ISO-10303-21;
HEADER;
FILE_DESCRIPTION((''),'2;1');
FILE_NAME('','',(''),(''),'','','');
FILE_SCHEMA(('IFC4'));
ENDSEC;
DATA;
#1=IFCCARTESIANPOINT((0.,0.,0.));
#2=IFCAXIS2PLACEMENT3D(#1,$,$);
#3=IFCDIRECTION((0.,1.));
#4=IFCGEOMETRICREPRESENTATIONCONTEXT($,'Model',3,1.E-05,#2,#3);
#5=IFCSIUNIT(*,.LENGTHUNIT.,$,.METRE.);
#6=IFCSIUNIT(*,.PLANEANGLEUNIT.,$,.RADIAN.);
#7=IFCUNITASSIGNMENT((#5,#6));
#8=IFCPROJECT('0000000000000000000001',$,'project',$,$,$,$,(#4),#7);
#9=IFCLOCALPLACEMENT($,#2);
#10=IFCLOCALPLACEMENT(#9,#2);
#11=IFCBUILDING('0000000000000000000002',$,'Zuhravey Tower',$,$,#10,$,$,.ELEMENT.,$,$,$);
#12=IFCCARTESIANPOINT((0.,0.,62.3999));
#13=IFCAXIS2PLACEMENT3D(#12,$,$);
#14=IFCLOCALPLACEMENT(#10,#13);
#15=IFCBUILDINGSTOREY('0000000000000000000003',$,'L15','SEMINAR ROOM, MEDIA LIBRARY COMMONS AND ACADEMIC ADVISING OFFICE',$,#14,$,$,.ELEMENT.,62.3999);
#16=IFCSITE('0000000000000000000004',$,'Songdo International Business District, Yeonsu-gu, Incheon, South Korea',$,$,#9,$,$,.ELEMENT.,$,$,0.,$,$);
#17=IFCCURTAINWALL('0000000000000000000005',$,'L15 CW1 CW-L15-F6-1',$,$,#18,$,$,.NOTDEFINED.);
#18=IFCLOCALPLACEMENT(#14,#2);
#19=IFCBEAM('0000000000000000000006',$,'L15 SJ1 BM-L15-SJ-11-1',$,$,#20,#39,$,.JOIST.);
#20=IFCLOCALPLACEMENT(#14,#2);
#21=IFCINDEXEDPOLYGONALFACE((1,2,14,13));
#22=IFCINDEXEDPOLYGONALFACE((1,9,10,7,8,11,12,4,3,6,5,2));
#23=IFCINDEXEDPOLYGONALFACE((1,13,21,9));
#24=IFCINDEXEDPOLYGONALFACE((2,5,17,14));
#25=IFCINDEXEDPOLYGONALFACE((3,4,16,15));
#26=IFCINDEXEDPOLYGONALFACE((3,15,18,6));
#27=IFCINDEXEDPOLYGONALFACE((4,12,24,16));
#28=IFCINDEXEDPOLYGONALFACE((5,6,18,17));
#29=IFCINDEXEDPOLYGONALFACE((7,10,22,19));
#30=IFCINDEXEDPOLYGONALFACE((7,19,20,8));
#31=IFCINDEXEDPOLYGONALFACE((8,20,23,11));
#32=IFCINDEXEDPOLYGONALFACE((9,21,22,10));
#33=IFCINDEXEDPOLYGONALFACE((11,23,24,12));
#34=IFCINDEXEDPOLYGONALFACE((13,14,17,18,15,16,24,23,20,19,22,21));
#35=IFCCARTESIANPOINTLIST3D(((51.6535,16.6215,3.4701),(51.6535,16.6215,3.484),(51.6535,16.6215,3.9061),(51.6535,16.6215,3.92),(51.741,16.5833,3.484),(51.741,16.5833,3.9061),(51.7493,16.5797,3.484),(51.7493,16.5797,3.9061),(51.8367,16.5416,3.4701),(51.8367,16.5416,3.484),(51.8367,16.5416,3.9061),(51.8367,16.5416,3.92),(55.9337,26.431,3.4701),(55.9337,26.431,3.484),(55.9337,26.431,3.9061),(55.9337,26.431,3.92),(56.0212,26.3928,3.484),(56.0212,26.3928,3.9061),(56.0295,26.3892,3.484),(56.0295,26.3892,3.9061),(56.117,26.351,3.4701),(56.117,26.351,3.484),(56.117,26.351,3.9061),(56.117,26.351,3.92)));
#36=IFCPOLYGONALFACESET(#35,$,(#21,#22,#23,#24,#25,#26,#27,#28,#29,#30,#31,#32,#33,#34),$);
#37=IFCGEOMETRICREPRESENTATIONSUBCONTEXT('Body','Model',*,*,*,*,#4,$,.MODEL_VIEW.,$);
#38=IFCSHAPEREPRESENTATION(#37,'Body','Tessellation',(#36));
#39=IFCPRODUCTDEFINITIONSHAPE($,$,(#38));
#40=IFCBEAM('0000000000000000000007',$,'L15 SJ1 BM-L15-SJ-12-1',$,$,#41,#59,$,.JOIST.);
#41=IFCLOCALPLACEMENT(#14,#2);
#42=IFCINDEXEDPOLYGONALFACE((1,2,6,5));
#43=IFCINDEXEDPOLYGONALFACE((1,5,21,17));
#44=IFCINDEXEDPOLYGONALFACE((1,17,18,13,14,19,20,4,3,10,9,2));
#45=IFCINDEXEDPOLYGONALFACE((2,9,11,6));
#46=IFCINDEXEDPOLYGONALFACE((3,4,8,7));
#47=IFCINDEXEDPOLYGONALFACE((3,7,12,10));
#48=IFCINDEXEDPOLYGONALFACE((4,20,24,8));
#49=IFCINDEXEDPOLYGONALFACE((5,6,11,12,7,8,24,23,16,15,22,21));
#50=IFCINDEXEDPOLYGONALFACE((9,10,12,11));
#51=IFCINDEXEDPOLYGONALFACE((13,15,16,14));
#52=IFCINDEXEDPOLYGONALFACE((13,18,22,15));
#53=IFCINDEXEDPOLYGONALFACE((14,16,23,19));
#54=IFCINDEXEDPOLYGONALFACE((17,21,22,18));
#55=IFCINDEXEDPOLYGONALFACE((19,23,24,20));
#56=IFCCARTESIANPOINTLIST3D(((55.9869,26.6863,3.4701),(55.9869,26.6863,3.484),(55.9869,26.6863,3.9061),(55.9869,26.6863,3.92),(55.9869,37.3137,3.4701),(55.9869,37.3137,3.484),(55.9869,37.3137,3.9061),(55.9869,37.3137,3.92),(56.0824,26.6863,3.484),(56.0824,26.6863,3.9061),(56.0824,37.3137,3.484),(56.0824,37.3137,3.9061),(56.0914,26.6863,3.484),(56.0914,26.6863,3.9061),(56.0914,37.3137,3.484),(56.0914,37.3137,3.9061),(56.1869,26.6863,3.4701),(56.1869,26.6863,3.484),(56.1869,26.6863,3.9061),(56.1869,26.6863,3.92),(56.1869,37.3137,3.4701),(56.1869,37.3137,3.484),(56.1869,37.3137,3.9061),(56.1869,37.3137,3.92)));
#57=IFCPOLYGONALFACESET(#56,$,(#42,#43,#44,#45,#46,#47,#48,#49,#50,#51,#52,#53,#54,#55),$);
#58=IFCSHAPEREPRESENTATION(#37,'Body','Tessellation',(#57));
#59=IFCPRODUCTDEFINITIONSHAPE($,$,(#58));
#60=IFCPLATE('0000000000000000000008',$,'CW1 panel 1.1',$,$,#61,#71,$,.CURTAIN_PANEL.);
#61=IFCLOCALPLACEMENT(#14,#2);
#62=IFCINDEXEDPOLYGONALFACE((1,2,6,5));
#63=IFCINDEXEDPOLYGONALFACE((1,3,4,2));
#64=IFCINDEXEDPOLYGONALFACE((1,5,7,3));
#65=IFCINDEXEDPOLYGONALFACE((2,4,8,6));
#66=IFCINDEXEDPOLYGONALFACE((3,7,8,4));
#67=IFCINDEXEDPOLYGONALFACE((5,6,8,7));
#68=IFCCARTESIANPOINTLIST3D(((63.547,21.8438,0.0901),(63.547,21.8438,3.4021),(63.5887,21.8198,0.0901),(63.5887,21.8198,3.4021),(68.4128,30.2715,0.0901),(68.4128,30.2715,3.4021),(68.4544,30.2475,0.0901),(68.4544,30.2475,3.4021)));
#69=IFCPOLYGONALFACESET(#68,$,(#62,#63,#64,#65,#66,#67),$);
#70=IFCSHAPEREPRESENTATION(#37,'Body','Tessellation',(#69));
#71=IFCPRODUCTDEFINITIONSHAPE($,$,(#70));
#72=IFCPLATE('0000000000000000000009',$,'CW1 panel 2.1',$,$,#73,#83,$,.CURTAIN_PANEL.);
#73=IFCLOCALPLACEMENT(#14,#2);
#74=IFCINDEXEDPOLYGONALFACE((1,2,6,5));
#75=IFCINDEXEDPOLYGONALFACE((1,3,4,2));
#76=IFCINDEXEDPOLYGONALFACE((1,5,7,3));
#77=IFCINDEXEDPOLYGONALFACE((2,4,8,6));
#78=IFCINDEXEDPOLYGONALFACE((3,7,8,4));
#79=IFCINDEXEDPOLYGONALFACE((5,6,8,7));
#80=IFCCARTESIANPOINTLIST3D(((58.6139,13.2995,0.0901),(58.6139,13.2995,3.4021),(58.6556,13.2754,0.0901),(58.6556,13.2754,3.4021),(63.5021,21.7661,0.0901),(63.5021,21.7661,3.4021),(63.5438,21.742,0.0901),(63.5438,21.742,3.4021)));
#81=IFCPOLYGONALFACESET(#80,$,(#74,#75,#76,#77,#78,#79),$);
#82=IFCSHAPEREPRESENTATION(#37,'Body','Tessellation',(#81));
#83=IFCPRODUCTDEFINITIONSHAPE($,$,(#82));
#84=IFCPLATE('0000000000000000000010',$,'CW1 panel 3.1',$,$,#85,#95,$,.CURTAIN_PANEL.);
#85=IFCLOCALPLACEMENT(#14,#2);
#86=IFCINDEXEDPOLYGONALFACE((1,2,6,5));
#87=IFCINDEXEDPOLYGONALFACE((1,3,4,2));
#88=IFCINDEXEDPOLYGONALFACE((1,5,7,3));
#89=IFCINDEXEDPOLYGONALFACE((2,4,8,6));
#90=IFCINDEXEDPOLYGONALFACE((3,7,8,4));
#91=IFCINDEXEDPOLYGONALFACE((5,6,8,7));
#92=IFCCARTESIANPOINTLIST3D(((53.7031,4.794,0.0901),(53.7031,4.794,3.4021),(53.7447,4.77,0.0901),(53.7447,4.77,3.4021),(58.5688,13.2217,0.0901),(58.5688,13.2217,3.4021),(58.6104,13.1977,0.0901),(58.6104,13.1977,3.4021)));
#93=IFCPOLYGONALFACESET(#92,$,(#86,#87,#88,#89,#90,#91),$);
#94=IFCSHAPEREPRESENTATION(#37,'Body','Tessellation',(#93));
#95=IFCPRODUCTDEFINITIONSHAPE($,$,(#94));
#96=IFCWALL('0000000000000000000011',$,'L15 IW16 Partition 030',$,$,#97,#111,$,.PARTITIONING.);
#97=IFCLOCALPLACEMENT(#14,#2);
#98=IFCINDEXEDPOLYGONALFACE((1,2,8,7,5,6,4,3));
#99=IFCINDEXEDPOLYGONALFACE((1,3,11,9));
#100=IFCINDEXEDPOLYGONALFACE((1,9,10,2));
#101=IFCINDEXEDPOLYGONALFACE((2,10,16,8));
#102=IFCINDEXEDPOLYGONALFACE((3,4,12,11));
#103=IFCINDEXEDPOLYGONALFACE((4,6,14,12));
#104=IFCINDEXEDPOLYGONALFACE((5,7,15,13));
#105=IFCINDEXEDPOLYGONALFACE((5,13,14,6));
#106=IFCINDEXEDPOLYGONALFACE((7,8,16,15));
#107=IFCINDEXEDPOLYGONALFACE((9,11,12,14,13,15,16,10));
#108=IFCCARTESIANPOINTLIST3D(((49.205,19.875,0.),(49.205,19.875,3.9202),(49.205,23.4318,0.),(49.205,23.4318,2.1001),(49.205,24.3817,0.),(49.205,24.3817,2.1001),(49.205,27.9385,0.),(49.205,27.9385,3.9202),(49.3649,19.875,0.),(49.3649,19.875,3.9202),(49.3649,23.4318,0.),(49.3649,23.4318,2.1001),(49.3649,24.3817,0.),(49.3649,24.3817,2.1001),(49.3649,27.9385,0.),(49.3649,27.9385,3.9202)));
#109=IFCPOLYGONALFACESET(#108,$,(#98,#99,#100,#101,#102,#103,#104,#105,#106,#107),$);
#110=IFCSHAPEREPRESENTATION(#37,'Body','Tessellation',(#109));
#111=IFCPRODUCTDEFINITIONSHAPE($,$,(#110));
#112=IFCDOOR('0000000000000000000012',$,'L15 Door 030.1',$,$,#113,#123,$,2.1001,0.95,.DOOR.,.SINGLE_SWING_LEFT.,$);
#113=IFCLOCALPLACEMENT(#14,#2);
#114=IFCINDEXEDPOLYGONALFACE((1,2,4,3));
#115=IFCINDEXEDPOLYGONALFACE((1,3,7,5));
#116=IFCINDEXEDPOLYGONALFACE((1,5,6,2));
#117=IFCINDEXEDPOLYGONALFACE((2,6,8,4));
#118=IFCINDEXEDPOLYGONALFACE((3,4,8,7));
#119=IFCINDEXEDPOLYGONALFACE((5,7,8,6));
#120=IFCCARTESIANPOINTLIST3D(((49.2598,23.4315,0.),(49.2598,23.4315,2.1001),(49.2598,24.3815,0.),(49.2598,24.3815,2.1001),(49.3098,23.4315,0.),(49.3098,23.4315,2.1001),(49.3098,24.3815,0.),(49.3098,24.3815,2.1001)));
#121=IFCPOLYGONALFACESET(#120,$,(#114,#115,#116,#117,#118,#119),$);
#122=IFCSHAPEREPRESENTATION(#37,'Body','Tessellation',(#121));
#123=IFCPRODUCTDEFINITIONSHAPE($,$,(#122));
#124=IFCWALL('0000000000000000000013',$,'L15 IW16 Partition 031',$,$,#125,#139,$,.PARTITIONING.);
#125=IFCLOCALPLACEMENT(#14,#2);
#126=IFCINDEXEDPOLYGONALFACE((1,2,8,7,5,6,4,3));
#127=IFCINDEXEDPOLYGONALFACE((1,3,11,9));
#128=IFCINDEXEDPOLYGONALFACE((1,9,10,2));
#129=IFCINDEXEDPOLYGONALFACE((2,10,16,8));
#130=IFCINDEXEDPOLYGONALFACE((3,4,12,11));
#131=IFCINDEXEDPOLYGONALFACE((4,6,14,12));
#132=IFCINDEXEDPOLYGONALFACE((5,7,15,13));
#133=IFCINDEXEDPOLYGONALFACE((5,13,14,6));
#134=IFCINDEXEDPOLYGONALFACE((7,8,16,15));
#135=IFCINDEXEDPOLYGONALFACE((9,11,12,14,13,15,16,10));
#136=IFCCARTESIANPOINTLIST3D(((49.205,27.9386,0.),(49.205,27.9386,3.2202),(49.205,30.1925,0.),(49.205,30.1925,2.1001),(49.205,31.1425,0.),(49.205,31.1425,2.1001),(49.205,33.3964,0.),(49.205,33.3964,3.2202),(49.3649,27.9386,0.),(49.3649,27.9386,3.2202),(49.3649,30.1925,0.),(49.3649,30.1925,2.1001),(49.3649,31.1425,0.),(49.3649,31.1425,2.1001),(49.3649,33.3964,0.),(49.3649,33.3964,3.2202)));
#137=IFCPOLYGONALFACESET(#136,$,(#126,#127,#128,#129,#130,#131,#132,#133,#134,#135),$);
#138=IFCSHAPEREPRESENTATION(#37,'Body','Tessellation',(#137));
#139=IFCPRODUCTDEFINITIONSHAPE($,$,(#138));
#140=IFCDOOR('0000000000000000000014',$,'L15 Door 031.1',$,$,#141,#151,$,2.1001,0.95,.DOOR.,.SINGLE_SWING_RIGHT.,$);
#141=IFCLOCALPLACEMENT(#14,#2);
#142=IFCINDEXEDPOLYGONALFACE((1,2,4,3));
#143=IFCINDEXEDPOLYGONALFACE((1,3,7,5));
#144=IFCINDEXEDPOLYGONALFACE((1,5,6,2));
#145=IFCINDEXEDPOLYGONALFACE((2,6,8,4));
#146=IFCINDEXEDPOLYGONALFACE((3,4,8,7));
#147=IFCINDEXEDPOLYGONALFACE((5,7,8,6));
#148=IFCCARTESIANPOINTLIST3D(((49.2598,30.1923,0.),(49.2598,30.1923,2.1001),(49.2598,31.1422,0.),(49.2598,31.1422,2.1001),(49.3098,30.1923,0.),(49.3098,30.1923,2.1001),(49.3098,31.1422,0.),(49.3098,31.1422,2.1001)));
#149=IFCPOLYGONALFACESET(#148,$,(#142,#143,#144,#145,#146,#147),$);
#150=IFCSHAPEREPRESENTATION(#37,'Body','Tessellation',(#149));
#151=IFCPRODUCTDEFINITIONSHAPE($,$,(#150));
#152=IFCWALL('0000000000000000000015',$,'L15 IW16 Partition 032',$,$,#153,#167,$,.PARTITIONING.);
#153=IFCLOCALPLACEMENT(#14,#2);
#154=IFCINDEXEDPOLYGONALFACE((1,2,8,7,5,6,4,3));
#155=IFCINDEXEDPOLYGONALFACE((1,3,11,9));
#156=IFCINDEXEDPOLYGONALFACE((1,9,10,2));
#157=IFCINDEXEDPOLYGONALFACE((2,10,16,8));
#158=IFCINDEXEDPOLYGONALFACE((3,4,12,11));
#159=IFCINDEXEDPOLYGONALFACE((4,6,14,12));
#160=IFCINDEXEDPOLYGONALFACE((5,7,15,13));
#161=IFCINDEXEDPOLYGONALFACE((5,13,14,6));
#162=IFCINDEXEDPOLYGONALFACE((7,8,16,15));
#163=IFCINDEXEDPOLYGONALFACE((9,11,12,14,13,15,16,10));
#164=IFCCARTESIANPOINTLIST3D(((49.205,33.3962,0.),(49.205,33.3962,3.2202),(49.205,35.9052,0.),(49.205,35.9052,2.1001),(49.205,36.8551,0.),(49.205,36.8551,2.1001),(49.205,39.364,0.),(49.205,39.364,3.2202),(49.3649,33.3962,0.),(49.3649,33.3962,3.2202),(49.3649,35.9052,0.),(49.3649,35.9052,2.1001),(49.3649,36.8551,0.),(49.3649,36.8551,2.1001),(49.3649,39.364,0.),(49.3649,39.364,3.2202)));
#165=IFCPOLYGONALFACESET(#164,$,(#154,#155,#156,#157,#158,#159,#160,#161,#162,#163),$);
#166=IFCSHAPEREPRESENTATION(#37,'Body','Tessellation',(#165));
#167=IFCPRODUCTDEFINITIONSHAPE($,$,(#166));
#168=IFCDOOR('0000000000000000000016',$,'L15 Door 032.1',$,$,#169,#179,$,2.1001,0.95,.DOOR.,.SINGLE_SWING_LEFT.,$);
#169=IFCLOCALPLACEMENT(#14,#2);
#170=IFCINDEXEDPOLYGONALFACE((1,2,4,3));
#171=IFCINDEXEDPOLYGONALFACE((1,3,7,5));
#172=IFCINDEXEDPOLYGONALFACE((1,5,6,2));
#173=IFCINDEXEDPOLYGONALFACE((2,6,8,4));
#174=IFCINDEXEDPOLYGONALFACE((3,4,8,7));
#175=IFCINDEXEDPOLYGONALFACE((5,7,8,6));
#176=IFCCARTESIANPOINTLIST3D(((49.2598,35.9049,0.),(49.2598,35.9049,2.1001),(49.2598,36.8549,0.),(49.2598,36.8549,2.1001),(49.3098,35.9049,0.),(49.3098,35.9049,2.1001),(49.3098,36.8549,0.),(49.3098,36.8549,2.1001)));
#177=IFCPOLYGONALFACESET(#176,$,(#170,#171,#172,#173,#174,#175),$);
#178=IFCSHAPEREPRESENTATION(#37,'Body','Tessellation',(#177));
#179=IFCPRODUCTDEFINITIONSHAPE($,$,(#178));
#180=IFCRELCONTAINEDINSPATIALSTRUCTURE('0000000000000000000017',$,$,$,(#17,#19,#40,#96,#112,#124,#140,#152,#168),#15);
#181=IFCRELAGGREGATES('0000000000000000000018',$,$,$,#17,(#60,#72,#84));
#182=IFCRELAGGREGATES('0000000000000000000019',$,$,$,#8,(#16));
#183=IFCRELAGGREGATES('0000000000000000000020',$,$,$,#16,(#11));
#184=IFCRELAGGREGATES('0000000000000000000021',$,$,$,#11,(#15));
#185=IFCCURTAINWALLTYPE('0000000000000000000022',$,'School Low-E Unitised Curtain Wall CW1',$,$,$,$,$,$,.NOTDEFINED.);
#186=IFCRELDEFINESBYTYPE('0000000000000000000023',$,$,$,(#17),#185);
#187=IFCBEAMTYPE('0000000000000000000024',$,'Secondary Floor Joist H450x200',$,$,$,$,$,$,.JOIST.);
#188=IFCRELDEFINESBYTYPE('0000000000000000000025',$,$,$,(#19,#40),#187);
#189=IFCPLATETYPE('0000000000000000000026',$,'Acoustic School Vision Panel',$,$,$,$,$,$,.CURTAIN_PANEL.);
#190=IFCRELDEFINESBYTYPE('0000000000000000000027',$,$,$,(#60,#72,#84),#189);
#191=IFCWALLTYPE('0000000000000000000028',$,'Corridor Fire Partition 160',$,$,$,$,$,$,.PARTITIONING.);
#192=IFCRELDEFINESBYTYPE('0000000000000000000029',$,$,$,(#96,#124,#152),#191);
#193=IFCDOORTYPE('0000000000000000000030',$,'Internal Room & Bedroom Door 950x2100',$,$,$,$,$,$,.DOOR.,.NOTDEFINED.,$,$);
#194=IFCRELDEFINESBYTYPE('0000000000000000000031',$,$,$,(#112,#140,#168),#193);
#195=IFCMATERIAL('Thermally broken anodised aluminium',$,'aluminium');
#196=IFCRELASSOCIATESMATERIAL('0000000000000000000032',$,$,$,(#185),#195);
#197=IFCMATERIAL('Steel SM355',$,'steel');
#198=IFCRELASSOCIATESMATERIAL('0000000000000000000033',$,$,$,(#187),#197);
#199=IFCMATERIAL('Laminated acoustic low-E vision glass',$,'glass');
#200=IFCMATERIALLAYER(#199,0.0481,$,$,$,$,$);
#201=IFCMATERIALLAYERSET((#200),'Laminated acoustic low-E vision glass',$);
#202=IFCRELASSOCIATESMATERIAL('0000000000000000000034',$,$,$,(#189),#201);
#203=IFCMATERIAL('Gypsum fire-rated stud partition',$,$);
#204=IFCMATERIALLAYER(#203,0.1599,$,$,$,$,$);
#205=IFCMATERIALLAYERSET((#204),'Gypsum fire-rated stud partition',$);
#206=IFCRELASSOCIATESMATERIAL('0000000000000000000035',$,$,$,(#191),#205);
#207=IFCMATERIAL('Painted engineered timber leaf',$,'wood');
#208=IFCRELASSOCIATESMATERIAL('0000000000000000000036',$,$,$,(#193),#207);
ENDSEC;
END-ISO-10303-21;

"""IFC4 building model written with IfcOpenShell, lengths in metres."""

from ifc_helpers import new_model, si_unit, direction, frame, frame_2d, origin, origin_2d, place, context, subcontext, project, spatial, rectangle, i_section, extrude, material, layer, layer_set, material_profile, profile_set, type_object, element, fill, aggregate, save


model = new_model("IFC4")

# Units and contexts
model_context = context("Model", 3, precision=1e-05, world=origin(), true_north=direction((0.0, 1.0)))
body_context = subcontext(model_context, "Body", "Model", "MODEL_VIEW")
ifc_project = project(units=[si_unit("LENGTHUNIT", "METRE"), si_unit("PLANEANGLEUNIT", "RADIAN")], contexts=[model_context])

# Site, building, storey
site_placement = place(None, origin())
site = spatial("IfcSite", under=ifc_project, at=site_placement, Name="Songdo International Business District, Yeonsu-gu, Incheon, South Korea", CompositionType="ELEMENT", RefElevation=0.0)
building_placement = place(site_placement, origin())
building = spatial("IfcBuilding", under=site, at=building_placement, Name="Zuhravey Tower", CompositionType="ELEMENT")
storey_placement = place(building_placement, frame((0.0, 0.0, 62.3999)))
storey = spatial("IfcBuildingStorey", under=building, at=storey_placement, Name="L15", Description="SEMINAR ROOM, MEDIA LIBRARY COMMONS AND ACADEMIC ADVISING OFFICE", CompositionType="ELEMENT", Elevation=62.3999)

# Curtain wall
ifc_material_1 = material(Name="Thermally broken anodised aluminium", Category="aluminium")
curtain_wall_type = type_object("IfcCurtainWallType", Name="School Low-E Unitised Curtain Wall CW1", PredefinedType="NOTDEFINED", material=ifc_material_1)
curtain_wall_1_placement = place(storey_placement, origin())
curtain_wall_1 = element("IfcCurtainWall", 1, at=curtain_wall_1_placement, inside=storey, type_object=curtain_wall_type, Name="L15 CW1 CW-L15-F6-1", PredefinedType="NOTDEFINED")

# Beams
ifc_material_2 = material(Name="Steel SM355", Category="steel")
ifc_material_profile_1 = material_profile(ifc_material_2, i_section(OverallWidth=0.2, OverallDepth=0.45, WebThickness=0.009, FlangeThickness=0.0139, at=origin_2d()), Name="H-450x200x9x14")
ifc_profile_set_1 = profile_set([ifc_material_profile_1], Name="Steel SM355")
beam_type_1 = type_object("IfcBeamType", Name="Secondary Floor Joist H450x200", PredefinedType="JOIST", material=ifc_profile_set_1)
beam_1_placement = place(storey_placement, frame((51.7451, 16.5815, 3.6951), z_axis=(0.399924, 0.916549, 0.0), x_axis=(-0.916549, 0.399924, 0.0)))
element("IfcBeam", 2, at=beam_1_placement, inside=storey, type_object=beam_type_1, Name="L15 SJ1 BM-L15-SJ-11-1", PredefinedType="JOIST", context=body_context, shape_type="SweptSolid", body=[
    extrude(i_section(OverallWidth=0.2, OverallDepth=0.45, WebThickness=0.009, FlangeThickness=0.0139, at=origin_2d()), origin(), (0.0, 0.0, 1.0), 10.7026),
])
beam_2_placement = place(storey_placement, frame((56.0869, 26.6863, 3.6951), z_axis=(0.0, 1.0, 0.0), x_axis=(-1.0, 0.0, 0.0)))
element("IfcBeam", 3, at=beam_2_placement, inside=storey, type_object=beam_type_1, Name="L15 SJ1 BM-L15-SJ-12-1", PredefinedType="JOIST", context=body_context, shape_type="SweptSolid", body=[
    extrude(i_section(OverallWidth=0.2, OverallDepth=0.45, WebThickness=0.009, FlangeThickness=0.0139, at=origin_2d()), origin(), (0.0, 0.0, 1.0), 10.6274),
])

# Plates
ifc_material_3 = material(Name="Laminated acoustic low-E vision glass", Category="glass")
ifc_layer_1 = layer(ifc_material_3, 0.0481)
ifc_layer_set_1 = layer_set([ifc_layer_1], Name="Laminated acoustic low-E vision glass")
plate_type = type_object("IfcPlateType", Name="Acoustic School Vision Panel", PredefinedType="CURTAIN_PANEL", material=ifc_layer_set_1)
plate_1_placement = place(storey_placement, frame((66.0007, 26.0457, 0.0901), z_axis=(0.0, 0.0, 1.0), x_axis=(-0.5, -0.866026, 0.0)))
plate_1 = element("IfcPlate", 4, at=plate_1_placement, type_object=plate_type, Name="CW1 panel 1.1", PredefinedType="CURTAIN_PANEL", context=body_context, shape_type="SweptSolid", body=[
    extrude(rectangle(XDim=9.7314, YDim=0.0481, at=origin_2d()), origin(), (0.0, 0.0, 1.0), 3.312),
])
plate_2_placement = place(storey_placement, frame((61.0789, 17.5208, 0.0901), z_axis=(0.0, 0.0, 1.0), x_axis=(-0.5, -0.866026, 0.0)))
plate_2 = element("IfcPlate", 5, at=plate_2_placement, type_object=plate_type, Name="CW1 panel 2.1", PredefinedType="CURTAIN_PANEL", context=body_context, shape_type="SweptSolid", body=[
    extrude(rectangle(XDim=9.7764, YDim=0.0481, at=origin_2d()), origin(), (0.0, 0.0, 1.0), 3.312),
])
plate_3_placement = place(storey_placement, frame((56.1567, 8.9958, 0.0901), z_axis=(0.0, 0.0, 1.0), x_axis=(-0.5, -0.866026, 0.0)))
plate_3 = element("IfcPlate", 6, at=plate_3_placement, type_object=plate_type, Name="CW1 panel 3.1", PredefinedType="CURTAIN_PANEL", context=body_context, shape_type="SweptSolid", body=[
    extrude(rectangle(XDim=9.7314, YDim=0.0481, at=origin_2d()), origin(), (0.0, 0.0, 1.0), 3.312),
])
aggregate(curtain_wall_1, [plate_1, plate_2, plate_3])

# Walls, openings, doors
ifc_material_4 = material(Name="Gypsum fire-rated stud partition")
ifc_layer_2 = layer(ifc_material_4, 0.1599)
ifc_layer_set_2 = layer_set([ifc_layer_2], Name="Gypsum fire-rated stud partition")
wall_type_1 = type_object("IfcWallType", Name="Corridor Fire Partition 160", PredefinedType="PARTITIONING", material=ifc_layer_set_2)
wall_1_placement = place(storey_placement, frame((49.2849, 19.875, 0.0), z_axis=(0.0, 0.0, 1.0), x_axis=(0.0, 1.0, 0.0)))
wall_1 = element("IfcWall", 7, at=wall_1_placement, inside=storey, type_object=wall_type_1, Name="L15 IW16 Partition 030", PredefinedType="PARTITIONING", context=body_context, shape_type="SweptSolid", body=[
    extrude(rectangle(XDim=8.0635, YDim=0.1599, at=frame_2d((4.0317, 0.0))), origin(), (0.0, 0.0, 1.0), 3.9202),
])
opening_1_placement = place(wall_1_placement, frame((3.5566, 0.0, 0.0)))
opening_1 = element("IfcOpeningElement", 8, at=opening_1_placement, cuts=wall_1, PredefinedType="OPENING", context=body_context, shape_type="SweptSolid", body=[
    extrude(rectangle(XDim=0.95, YDim=2.1001, at=frame_2d((0.4751, 1.05))), frame((0.0, 0.092, 0.0), z_axis=(0.0, -1.0, 0.0), x_axis=(1.0, 0.0, 0.0)), (0.0, 0.0, 1.0), 0.1838),
])
ifc_material_5 = material(Name="Painted engineered timber leaf", Category="wood")
door_type = type_object("IfcDoorType", Name="Internal Room & Bedroom Door 950x2100", OperationType="NOTDEFINED", PredefinedType="DOOR", material=ifc_material_5)
door_1_placement = place(opening_1_placement, frame((0.95, 0.0, 0.0), z_axis=(0.0, 0.0, 1.0), x_axis=(-1.0, 0.0, 0.0)))
door_1 = element("IfcDoor", 9, at=door_1_placement, inside=storey, type_object=door_type, Name="L15 Door 030.1", OperationType="SINGLE_SWING_LEFT", OverallHeight=2.1001, OverallWidth=0.95, PredefinedType="DOOR", context=body_context, shape_type="SweptSolid", body=[
    extrude(rectangle(XDim=0.95, YDim=2.1001, at=frame_2d((0.4751, 1.05))), frame((0.0, 0.0249, 0.0), z_axis=(0.0, -1.0, 0.0), x_axis=(1.0, 0.0, 0.0)), (0.0, 0.0, 1.0), 0.05),
])
fill(opening_1, door_1)
wall_2_placement = place(storey_placement, frame((49.2849, 27.9385, 0.0), z_axis=(0.0, 0.0, 1.0), x_axis=(0.0, 1.0, 0.0)))
wall_2 = element("IfcWall", 10, at=wall_2_placement, inside=storey, type_object=wall_type_1, Name="L15 IW16 Partition 031", PredefinedType="PARTITIONING", context=body_context, shape_type="SweptSolid", body=[
    extrude(rectangle(XDim=5.4578, YDim=0.1599, at=frame_2d((2.729, 0.0))), origin(), (0.0, 0.0, 1.0), 3.2202),
])
opening_2_placement = place(wall_2_placement, frame((2.2539, 0.0, 0.0)))
opening_2 = element("IfcOpeningElement", 11, at=opening_2_placement, cuts=wall_2, PredefinedType="OPENING", context=body_context, shape_type="SweptSolid", body=[
    extrude(rectangle(XDim=0.95, YDim=2.1001, at=frame_2d((0.4751, 1.05))), frame((0.0, 0.092, 0.0), z_axis=(0.0, -1.0, 0.0), x_axis=(1.0, 0.0, 0.0)), (0.0, 0.0, 1.0), 0.1838),
])
door_2_placement = place(opening_2_placement, frame((0.95, 0.0, 0.0), z_axis=(0.0, 0.0, 1.0), x_axis=(-1.0, 0.0, 0.0)))
door_2 = element("IfcDoor", 12, at=door_2_placement, inside=storey, type_object=door_type, Name="L15 Door 031.1", OperationType="SINGLE_SWING_RIGHT", OverallHeight=2.1001, OverallWidth=0.95, PredefinedType="DOOR", context=body_context, shape_type="SweptSolid", body=[
    extrude(rectangle(XDim=0.95, YDim=2.1001, at=frame_2d((0.4751, 1.05))), frame((0.0, 0.0249, 0.0), z_axis=(0.0, -1.0, 0.0), x_axis=(1.0, 0.0, 0.0)), (0.0, 0.0, 1.0), 0.05),
])
fill(opening_2, door_2)
wall_3_placement = place(storey_placement, frame((49.2849, 33.3962, 0.0), z_axis=(0.0, 0.0, 1.0), x_axis=(0.0, 1.0, 0.0)))
wall_3 = element("IfcWall", 13, at=wall_3_placement, inside=storey, type_object=wall_type_1, Name="L15 IW16 Partition 032", PredefinedType="PARTITIONING", context=body_context, shape_type="SweptSolid", body=[
    extrude(rectangle(XDim=5.9678, YDim=0.1599, at=frame_2d((2.9839, 0.0))), origin(), (0.0, 0.0, 1.0), 3.2202),
])
opening_3_placement = place(wall_3_placement, frame((2.5088, 0.0, 0.0)))
opening_3 = element("IfcOpeningElement", 14, at=opening_3_placement, cuts=wall_3, PredefinedType="OPENING", context=body_context, shape_type="SweptSolid", body=[
    extrude(rectangle(XDim=0.95, YDim=2.1001, at=frame_2d((0.4751, 1.05))), frame((0.0, 0.092, 0.0), z_axis=(0.0, -1.0, 0.0), x_axis=(1.0, 0.0, 0.0)), (0.0, 0.0, 1.0), 0.1838),
])
door_3_placement = place(opening_3_placement, frame((0.95, 0.0, 0.0), z_axis=(0.0, 0.0, 1.0), x_axis=(-1.0, 0.0, 0.0)))
door_3 = element("IfcDoor", 15, at=door_3_placement, inside=storey, type_object=door_type, Name="L15 Door 032.1", OperationType="SINGLE_SWING_LEFT", OverallHeight=2.1001, OverallWidth=0.95, PredefinedType="DOOR", context=body_context, shape_type="SweptSolid", body=[
    extrude(rectangle(XDim=0.95, YDim=2.1001, at=frame_2d((0.4751, 1.05))), frame((0.0, 0.0249, 0.0), z_axis=(0.0, -1.0, 0.0), x_axis=(1.0, 0.0, 0.0)), (0.0, 0.0, 1.0), 0.05),
])
fill(opening_3, door_3)

save(model, "model.ifc")
